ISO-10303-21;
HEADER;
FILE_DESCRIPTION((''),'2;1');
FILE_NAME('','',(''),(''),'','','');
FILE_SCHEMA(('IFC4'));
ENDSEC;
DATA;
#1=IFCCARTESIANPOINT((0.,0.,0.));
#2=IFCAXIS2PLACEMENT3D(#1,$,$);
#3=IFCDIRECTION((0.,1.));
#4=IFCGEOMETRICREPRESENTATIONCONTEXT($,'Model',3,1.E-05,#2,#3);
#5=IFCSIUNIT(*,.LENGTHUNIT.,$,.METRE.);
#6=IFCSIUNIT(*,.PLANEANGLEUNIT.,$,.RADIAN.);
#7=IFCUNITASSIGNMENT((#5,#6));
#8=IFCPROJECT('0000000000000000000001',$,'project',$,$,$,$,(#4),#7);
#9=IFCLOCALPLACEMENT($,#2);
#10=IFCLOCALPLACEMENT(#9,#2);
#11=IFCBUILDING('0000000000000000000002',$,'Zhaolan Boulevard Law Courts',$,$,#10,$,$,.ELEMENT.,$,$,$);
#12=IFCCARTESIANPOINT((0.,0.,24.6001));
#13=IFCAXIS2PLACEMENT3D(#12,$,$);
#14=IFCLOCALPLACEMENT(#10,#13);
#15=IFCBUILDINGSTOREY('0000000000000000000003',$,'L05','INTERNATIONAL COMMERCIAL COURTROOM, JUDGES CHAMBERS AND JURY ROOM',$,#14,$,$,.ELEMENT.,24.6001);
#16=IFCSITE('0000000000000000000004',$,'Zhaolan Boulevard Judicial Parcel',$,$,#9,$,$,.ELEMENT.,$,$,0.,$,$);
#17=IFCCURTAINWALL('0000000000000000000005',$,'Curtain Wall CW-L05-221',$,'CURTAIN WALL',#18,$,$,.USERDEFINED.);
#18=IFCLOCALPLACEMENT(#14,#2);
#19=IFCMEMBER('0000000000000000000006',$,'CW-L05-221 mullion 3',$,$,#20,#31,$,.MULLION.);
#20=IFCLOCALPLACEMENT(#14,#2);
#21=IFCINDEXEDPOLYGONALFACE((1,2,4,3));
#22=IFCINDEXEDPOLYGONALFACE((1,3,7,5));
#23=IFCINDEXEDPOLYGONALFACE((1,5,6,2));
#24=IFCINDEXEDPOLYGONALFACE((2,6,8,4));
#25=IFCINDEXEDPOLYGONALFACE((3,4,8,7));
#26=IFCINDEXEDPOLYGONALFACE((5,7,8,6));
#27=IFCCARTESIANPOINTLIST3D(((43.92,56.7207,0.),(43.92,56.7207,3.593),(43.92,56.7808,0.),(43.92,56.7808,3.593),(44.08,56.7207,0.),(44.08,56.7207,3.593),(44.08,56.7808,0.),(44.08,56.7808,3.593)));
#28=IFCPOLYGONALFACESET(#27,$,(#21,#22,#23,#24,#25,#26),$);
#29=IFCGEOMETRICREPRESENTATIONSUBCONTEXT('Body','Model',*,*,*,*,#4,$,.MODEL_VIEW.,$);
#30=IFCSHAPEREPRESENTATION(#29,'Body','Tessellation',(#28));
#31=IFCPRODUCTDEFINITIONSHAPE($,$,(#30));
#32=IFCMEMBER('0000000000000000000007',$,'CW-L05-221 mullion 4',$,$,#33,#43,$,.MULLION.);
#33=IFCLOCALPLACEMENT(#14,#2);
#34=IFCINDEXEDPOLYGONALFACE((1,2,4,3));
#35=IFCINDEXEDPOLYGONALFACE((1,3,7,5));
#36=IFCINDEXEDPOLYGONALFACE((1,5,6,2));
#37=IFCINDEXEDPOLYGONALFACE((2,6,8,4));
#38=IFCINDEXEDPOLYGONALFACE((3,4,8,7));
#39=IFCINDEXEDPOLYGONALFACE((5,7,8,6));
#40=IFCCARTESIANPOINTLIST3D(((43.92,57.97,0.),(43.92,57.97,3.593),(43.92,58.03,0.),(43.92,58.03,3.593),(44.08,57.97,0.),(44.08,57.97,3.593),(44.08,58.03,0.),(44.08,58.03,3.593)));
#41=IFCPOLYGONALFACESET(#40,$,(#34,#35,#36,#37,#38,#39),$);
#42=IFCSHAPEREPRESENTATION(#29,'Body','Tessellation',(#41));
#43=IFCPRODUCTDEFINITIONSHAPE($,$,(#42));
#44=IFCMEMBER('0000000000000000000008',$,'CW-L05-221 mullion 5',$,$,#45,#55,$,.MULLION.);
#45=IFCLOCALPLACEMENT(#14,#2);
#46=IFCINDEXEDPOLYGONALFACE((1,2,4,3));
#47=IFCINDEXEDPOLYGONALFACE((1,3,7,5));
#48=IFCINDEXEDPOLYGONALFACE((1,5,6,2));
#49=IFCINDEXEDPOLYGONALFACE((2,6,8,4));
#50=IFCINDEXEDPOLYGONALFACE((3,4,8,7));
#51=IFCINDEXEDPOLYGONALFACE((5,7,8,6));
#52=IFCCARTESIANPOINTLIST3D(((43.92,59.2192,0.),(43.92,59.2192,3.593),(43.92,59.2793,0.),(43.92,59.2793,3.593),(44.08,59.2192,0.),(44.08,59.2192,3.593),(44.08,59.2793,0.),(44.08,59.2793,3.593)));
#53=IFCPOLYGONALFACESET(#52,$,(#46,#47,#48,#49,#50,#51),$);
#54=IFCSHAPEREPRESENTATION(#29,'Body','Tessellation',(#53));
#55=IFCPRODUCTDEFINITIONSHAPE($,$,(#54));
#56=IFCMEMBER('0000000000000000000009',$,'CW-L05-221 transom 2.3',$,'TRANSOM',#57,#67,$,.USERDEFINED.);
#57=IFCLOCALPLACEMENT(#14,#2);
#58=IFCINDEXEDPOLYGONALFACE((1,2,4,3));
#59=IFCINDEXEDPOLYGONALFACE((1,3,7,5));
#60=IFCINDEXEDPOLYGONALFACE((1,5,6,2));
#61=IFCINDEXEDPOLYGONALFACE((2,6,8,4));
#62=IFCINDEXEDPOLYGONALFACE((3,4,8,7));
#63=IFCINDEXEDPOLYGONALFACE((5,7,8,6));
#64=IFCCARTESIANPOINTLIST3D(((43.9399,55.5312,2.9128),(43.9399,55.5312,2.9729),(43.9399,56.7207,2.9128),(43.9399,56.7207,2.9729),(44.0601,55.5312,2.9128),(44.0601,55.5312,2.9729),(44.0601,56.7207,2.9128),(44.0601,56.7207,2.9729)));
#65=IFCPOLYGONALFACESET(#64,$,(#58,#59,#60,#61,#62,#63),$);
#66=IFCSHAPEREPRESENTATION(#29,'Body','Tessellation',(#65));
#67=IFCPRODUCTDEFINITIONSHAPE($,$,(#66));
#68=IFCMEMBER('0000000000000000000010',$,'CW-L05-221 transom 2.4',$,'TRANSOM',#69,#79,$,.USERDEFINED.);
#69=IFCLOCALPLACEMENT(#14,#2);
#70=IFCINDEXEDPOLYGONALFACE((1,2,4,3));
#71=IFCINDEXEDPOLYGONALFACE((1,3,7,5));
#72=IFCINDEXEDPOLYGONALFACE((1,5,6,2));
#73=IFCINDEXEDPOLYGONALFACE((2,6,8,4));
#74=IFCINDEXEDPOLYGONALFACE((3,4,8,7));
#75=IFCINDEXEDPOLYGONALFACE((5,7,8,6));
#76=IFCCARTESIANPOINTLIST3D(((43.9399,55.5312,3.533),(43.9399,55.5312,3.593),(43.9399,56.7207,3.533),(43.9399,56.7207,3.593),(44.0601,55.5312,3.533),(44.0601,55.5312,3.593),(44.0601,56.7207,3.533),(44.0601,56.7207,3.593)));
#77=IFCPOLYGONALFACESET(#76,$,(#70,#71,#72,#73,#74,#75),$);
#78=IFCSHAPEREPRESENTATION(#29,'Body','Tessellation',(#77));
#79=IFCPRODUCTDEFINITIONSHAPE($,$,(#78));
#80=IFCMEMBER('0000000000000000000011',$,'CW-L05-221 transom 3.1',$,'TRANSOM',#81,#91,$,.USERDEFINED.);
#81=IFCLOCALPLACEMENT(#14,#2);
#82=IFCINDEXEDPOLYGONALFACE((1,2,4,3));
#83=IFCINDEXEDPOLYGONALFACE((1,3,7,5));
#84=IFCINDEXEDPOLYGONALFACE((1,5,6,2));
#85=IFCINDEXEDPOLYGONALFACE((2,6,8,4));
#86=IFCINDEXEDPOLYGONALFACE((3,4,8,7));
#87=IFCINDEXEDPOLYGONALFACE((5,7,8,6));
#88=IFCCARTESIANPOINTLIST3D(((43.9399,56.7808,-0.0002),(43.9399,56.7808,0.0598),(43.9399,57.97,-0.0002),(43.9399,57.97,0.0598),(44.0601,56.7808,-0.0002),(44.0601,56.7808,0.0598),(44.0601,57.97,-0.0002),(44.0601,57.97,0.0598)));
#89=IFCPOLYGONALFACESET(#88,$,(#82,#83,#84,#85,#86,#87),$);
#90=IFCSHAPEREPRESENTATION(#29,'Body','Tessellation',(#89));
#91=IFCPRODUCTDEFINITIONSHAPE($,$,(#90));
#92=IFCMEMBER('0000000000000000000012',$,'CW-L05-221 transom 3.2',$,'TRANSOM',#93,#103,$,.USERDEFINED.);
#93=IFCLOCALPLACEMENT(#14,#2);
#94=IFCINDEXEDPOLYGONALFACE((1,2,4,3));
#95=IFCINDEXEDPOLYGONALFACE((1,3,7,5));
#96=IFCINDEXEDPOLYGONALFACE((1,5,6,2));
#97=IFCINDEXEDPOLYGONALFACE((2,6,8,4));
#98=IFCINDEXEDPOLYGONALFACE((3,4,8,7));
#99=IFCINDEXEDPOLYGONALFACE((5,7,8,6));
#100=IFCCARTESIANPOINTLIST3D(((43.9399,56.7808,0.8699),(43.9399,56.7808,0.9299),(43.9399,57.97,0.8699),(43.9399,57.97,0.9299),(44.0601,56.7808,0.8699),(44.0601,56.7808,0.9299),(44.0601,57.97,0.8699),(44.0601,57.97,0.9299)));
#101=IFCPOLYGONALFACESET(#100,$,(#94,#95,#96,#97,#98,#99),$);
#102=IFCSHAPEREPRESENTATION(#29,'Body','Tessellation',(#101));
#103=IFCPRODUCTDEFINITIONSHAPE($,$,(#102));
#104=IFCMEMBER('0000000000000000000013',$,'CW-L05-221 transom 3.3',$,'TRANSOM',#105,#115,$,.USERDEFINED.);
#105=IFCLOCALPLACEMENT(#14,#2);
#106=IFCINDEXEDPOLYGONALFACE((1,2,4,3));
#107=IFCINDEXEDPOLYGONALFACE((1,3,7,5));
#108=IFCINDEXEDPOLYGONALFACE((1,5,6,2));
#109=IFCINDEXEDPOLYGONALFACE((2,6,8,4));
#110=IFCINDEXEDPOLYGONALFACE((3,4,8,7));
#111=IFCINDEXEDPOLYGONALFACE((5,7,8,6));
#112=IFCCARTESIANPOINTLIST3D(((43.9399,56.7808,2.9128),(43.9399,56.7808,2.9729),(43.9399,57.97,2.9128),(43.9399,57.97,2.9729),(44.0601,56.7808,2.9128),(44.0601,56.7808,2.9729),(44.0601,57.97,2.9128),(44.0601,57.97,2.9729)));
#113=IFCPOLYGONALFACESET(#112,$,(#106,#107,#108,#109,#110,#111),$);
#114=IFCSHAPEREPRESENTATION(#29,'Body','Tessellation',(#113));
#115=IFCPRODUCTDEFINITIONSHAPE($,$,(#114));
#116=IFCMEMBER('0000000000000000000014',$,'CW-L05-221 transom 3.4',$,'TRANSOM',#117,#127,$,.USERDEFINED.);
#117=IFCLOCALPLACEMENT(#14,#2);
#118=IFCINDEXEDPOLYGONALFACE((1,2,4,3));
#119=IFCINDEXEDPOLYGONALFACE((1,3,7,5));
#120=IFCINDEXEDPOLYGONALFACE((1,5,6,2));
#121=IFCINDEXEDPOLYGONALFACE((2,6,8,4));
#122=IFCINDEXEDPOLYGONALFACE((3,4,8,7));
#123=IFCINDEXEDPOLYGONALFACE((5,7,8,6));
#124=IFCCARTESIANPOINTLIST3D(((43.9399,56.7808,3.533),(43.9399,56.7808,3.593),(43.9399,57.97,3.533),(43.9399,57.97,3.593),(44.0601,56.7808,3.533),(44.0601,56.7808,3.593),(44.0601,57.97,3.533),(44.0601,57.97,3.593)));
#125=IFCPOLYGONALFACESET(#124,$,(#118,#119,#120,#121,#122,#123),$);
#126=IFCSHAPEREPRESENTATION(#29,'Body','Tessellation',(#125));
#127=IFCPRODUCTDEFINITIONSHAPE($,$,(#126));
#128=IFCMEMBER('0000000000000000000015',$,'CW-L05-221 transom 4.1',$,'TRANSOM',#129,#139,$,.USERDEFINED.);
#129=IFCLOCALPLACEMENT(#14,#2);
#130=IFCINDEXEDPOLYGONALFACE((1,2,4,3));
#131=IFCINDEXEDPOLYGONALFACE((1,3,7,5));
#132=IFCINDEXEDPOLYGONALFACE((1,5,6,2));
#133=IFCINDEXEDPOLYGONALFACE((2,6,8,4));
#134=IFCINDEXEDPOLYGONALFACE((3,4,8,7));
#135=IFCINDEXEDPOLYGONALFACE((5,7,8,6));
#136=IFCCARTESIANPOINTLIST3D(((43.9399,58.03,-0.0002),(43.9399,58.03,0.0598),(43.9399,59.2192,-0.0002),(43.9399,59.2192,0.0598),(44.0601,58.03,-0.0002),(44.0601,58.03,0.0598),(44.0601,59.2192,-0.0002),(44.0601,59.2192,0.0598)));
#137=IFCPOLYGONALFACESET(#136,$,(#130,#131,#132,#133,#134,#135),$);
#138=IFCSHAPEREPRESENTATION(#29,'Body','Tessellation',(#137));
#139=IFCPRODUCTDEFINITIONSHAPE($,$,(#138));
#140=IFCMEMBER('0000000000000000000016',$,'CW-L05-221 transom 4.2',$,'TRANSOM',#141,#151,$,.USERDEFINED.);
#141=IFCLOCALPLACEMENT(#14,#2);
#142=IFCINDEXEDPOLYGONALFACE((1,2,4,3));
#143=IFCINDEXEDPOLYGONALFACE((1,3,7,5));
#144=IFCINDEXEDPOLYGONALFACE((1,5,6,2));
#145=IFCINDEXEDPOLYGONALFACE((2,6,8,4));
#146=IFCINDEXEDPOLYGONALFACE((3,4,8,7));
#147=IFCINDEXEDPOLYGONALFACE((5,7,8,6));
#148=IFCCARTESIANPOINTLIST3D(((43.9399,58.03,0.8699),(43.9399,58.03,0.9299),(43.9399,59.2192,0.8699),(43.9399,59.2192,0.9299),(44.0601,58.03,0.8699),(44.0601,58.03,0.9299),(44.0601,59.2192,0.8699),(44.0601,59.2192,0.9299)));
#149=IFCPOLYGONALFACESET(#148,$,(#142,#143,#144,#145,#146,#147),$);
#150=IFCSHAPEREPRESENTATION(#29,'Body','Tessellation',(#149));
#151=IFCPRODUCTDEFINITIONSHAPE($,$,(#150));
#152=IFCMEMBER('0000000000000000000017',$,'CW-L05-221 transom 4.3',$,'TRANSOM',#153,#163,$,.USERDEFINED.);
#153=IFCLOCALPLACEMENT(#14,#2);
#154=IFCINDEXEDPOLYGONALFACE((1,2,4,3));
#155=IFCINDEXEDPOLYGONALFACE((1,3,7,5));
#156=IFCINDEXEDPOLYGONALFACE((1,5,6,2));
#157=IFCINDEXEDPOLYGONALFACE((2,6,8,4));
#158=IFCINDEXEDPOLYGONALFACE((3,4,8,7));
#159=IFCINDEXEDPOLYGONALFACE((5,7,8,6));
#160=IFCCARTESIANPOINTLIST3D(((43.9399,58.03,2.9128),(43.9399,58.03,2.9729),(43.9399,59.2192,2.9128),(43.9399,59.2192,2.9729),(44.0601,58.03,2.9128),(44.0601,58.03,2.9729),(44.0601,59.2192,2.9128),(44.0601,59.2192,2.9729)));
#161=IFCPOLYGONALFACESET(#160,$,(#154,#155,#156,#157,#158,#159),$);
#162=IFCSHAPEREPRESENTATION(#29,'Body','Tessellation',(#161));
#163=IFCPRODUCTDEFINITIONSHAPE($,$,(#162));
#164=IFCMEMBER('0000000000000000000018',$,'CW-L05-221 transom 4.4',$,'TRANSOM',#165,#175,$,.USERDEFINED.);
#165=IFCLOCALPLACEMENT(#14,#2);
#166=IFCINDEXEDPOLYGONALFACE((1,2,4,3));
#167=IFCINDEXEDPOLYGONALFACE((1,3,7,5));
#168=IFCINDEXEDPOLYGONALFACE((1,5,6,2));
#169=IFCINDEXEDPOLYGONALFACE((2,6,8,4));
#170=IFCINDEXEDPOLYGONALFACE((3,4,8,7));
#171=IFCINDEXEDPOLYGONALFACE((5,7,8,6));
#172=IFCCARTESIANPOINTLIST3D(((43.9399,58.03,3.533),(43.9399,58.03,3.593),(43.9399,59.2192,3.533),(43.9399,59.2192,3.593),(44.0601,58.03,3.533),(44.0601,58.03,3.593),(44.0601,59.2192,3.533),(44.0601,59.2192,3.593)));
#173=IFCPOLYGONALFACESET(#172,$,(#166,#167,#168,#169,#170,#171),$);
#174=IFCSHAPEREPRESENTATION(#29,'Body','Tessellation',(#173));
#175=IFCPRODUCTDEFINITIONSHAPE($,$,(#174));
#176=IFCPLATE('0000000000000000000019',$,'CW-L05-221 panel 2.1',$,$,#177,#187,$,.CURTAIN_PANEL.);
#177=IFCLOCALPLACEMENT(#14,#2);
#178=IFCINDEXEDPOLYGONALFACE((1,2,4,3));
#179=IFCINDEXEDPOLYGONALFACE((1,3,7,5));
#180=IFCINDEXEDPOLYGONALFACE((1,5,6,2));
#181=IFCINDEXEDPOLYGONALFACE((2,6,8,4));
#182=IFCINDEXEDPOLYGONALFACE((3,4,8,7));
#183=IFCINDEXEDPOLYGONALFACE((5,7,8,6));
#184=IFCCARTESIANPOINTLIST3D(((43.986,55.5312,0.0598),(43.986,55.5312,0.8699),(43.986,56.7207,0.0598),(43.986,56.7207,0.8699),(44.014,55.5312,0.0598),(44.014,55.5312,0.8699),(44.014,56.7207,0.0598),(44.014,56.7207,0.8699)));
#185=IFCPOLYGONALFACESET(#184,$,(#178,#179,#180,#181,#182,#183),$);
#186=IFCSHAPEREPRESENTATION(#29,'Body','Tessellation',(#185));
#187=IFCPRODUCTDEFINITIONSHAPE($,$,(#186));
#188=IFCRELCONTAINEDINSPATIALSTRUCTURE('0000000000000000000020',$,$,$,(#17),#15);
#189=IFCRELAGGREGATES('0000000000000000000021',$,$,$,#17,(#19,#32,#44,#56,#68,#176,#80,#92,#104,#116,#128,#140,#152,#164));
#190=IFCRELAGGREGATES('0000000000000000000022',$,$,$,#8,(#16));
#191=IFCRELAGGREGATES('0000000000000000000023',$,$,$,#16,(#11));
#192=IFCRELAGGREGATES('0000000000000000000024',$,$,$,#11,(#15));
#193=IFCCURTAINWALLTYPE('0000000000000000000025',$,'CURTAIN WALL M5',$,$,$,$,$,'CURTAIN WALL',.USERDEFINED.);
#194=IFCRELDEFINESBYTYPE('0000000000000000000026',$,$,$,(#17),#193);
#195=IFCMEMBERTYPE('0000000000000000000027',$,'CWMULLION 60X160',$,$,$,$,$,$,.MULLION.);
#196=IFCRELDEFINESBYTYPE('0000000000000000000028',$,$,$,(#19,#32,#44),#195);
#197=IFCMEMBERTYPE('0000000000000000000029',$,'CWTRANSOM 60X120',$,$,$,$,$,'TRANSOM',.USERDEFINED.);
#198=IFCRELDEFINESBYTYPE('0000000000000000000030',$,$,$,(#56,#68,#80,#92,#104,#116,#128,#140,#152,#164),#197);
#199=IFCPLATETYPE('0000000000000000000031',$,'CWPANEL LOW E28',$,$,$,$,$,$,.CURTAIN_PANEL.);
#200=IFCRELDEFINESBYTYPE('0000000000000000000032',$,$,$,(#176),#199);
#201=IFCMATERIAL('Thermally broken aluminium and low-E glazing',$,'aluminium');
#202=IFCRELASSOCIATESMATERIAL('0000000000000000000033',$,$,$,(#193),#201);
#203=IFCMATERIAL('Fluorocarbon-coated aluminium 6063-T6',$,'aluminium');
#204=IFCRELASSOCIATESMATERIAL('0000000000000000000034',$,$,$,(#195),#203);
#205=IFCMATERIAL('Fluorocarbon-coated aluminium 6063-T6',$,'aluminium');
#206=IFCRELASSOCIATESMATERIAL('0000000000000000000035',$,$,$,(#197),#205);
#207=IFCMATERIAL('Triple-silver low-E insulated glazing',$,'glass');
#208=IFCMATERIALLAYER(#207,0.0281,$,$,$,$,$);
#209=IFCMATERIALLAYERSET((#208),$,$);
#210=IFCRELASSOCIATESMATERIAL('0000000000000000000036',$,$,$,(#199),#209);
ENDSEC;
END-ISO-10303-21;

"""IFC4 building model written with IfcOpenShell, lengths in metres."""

from ifc_helpers import new_model, si_unit, direction, frame, origin, origin_2d, place, context, subcontext, project, spatial, rectangle, extrude, material, layer, layer_set, material_profile, profile_set, type_object, element, aggregate, save


model = new_model("IFC4")

# Units and contexts
model_context = context("Model", 3, precision=1e-05, world=origin(), true_north=direction((0.0, 1.0)))
body_context = subcontext(model_context, "Body", "Model", "MODEL_VIEW")
ifc_project = project(units=[si_unit("LENGTHUNIT", "METRE"), si_unit("PLANEANGLEUNIT", "RADIAN")], contexts=[model_context])

# Site, building, storey
site_placement = place(None, origin())
site = spatial("IfcSite", under=ifc_project, at=site_placement, Name="Zhaolan Boulevard Judicial Parcel", CompositionType="ELEMENT", RefElevation=0.0)
building_placement = place(site_placement, origin())
building = spatial("IfcBuilding", under=site, at=building_placement, Name="Zhaolan Boulevard Law Courts", CompositionType="ELEMENT")
storey_placement = place(building_placement, frame((0.0, 0.0, 24.6001)))
storey = spatial("IfcBuildingStorey", under=building, at=storey_placement, Name="L05", Description="INTERNATIONAL COMMERCIAL COURTROOM, JUDGES CHAMBERS AND JURY ROOM", CompositionType="ELEMENT", Elevation=24.6001)

# Curtain wall, members, plate
ifc_material_1 = material(Name="Thermally broken aluminium and low-E glazing", Category="aluminium")
curtain_wall_type = type_object("IfcCurtainWallType", Name="CURTAIN WALL M5", ElementType="CURTAIN WALL", PredefinedType="USERDEFINED", material=ifc_material_1)
curtain_wall_placement = place(storey_placement, origin())
curtain_wall = element("IfcCurtainWall", 1, at=curtain_wall_placement, inside=storey, type_object=curtain_wall_type, Name="Curtain Wall CW-L05-221", ObjectType="CURTAIN WALL", PredefinedType="USERDEFINED")
ifc_material_2 = material(Name="Fluorocarbon-coated aluminium 6063-T6", Category="aluminium")
ifc_material_profile_1 = material_profile(ifc_material_2, rectangle(XDim=0.1599, YDim=0.0601, at=origin_2d()), Name="AL60x160")
ifc_profile_set_1 = profile_set([ifc_material_profile_1], Name="Fluorocarbon-coated aluminium 6063-T6")
member_type_1 = type_object("IfcMemberType", Name="CWMULLION 60X160", PredefinedType="MULLION", material=ifc_profile_set_1)
member_1_placement = place(storey_placement, frame((44.0, 56.7507, 0.0), z_axis=(0.0, 0.0, 1.0), x_axis=(-1.0, 0.0, 0.0)))
member_1 = element("IfcMember", 2, at=member_1_placement, type_object=member_type_1, Name="CW-L05-221 mullion 3", PredefinedType="MULLION", context=body_context, shape_type="SweptSolid", body=[
    extrude(rectangle(XDim=0.1599, YDim=0.0601, at=origin_2d()), origin(), (0.0, 0.0, 1.0), 3.593),
])
member_2_placement = place(storey_placement, frame((44.0, 58.0, 0.0), z_axis=(0.0, 0.0, 1.0), x_axis=(-1.0, 0.0, 0.0)))
member_2 = element("IfcMember", 3, at=member_2_placement, type_object=member_type_1, Name="CW-L05-221 mullion 4", PredefinedType="MULLION", context=body_context, shape_type="SweptSolid", body=[
    extrude(rectangle(XDim=0.1599, YDim=0.0601, at=origin_2d()), origin(), (0.0, 0.0, 1.0), 3.593),
])
member_3_placement = place(storey_placement, frame((44.0, 59.2493, 0.0), z_axis=(0.0, 0.0, 1.0), x_axis=(-1.0, 0.0, 0.0)))
member_3 = element("IfcMember", 4, at=member_3_placement, type_object=member_type_1, Name="CW-L05-221 mullion 5", PredefinedType="MULLION", context=body_context, shape_type="SweptSolid", body=[
    extrude(rectangle(XDim=0.1599, YDim=0.0601, at=origin_2d()), origin(), (0.0, 0.0, 1.0), 3.593),
])
ifc_material_3 = material(Name="Fluorocarbon-coated aluminium 6063-T6", Category="aluminium")
ifc_material_profile_2 = material_profile(ifc_material_3, rectangle(XDim=0.1201, YDim=0.0601, at=origin_2d()), Name="AL60x120")
ifc_profile_set_2 = profile_set([ifc_material_profile_2], Name="Fluorocarbon-coated aluminium 6063-T6")
member_type_2 = type_object("IfcMemberType", Name="CWTRANSOM 60X120", ElementType="TRANSOM", PredefinedType="USERDEFINED", material=ifc_profile_set_2)
member_4_placement = place(storey_placement, frame((44.0, 55.5312, 2.9429), z_axis=(0.0, 1.0, 0.0), x_axis=(-1.0, 0.0, 0.0)))
member_4 = element("IfcMember", 5, at=member_4_placement, type_object=member_type_2, Name="CW-L05-221 transom 2.3", ObjectType="TRANSOM", PredefinedType="USERDEFINED", context=body_context, shape_type="SweptSolid", body=[
    extrude(rectangle(XDim=0.1201, YDim=0.0601, at=origin_2d()), origin(), (0.0, 0.0, 1.0), 1.1895),
])
member_5_placement = place(storey_placement, frame((44.0, 55.5312, 3.563), z_axis=(0.0, 1.0, 0.0), x_axis=(-1.0, 0.0, 0.0)))
member_5 = element("IfcMember", 6, at=member_5_placement, type_object=member_type_2, Name="CW-L05-221 transom 2.4", ObjectType="TRANSOM", PredefinedType="USERDEFINED", context=body_context, shape_type="SweptSolid", body=[
    extrude(rectangle(XDim=0.1201, YDim=0.0601, at=origin_2d()), origin(), (0.0, 0.0, 1.0), 1.1895),
])
member_6_placement = place(storey_placement, frame((44.0, 56.7808, 0.0298), z_axis=(0.0, 1.0, 0.0), x_axis=(-1.0, 0.0, 0.0)))
member_6 = element("IfcMember", 7, at=member_6_placement, type_object=member_type_2, Name="CW-L05-221 transom 3.1", ObjectType="TRANSOM", PredefinedType="USERDEFINED", context=body_context, shape_type="SweptSolid", body=[
    extrude(rectangle(XDim=0.1201, YDim=0.0601, at=origin_2d()), origin(), (0.0, 0.0, 1.0), 1.1892),
])
member_7_placement = place(storey_placement, frame((44.0, 56.7808, 0.8999), z_axis=(0.0, 1.0, 0.0), x_axis=(-1.0, 0.0, 0.0)))
member_7 = element("IfcMember", 8, at=member_7_placement, type_object=member_type_2, Name="CW-L05-221 transom 3.2", ObjectType="TRANSOM", PredefinedType="USERDEFINED", context=body_context, shape_type="SweptSolid", body=[
    extrude(rectangle(XDim=0.1201, YDim=0.0601, at=origin_2d()), origin(), (0.0, 0.0, 1.0), 1.1892),
])
member_8_placement = place(storey_placement, frame((44.0, 56.7808, 2.9429), z_axis=(0.0, 1.0, 0.0), x_axis=(-1.0, 0.0, 0.0)))
member_8 = element("IfcMember", 9, at=member_8_placement, type_object=member_type_2, Name="CW-L05-221 transom 3.3", ObjectType="TRANSOM", PredefinedType="USERDEFINED", context=body_context, shape_type="SweptSolid", body=[
    extrude(rectangle(XDim=0.1201, YDim=0.0601, at=origin_2d()), origin(), (0.0, 0.0, 1.0), 1.1892),
])
member_9_placement = place(storey_placement, frame((44.0, 56.7808, 3.563), z_axis=(0.0, 1.0, 0.0), x_axis=(-1.0, 0.0, 0.0)))
member_9 = element("IfcMember", 10, at=member_9_placement, type_object=member_type_2, Name="CW-L05-221 transom 3.4", ObjectType="TRANSOM", PredefinedType="USERDEFINED", context=body_context, shape_type="SweptSolid", body=[
    extrude(rectangle(XDim=0.1201, YDim=0.0601, at=origin_2d()), origin(), (0.0, 0.0, 1.0), 1.1892),
])
member_10_placement = place(storey_placement, frame((44.0, 58.03, 0.0298), z_axis=(0.0, 1.0, 0.0), x_axis=(-1.0, 0.0, 0.0)))
member_10 = element("IfcMember", 11, at=member_10_placement, type_object=member_type_2, Name="CW-L05-221 transom 4.1", ObjectType="TRANSOM", PredefinedType="USERDEFINED", context=body_context, shape_type="SweptSolid", body=[
    extrude(rectangle(XDim=0.1201, YDim=0.0601, at=origin_2d()), origin(), (0.0, 0.0, 1.0), 1.1892),
])
member_11_placement = place(storey_placement, frame((44.0, 58.03, 0.8999), z_axis=(0.0, 1.0, 0.0), x_axis=(-1.0, 0.0, 0.0)))
member_11 = element("IfcMember", 12, at=member_11_placement, type_object=member_type_2, Name="CW-L05-221 transom 4.2", ObjectType="TRANSOM", PredefinedType="USERDEFINED", context=body_context, shape_type="SweptSolid", body=[
    extrude(rectangle(XDim=0.1201, YDim=0.0601, at=origin_2d()), origin(), (0.0, 0.0, 1.0), 1.1892),
])
member_12_placement = place(storey_placement, frame((44.0, 58.03, 2.9429), z_axis=(0.0, 1.0, 0.0), x_axis=(-1.0, 0.0, 0.0)))
member_12 = element("IfcMember", 13, at=member_12_placement, type_object=member_type_2, Name="CW-L05-221 transom 4.3", ObjectType="TRANSOM", PredefinedType="USERDEFINED", context=body_context, shape_type="SweptSolid", body=[
    extrude(rectangle(XDim=0.1201, YDim=0.0601, at=origin_2d()), origin(), (0.0, 0.0, 1.0), 1.1892),
])
member_13_placement = place(storey_placement, frame((44.0, 58.03, 3.563), z_axis=(0.0, 1.0, 0.0), x_axis=(-1.0, 0.0, 0.0)))
member_13 = element("IfcMember", 14, at=member_13_placement, type_object=member_type_2, Name="CW-L05-221 transom 4.4", ObjectType="TRANSOM", PredefinedType="USERDEFINED", context=body_context, shape_type="SweptSolid", body=[
    extrude(rectangle(XDim=0.1201, YDim=0.0601, at=origin_2d()), origin(), (0.0, 0.0, 1.0), 1.1892),
])
ifc_material_4 = material(Name="Triple-silver low-E insulated glazing", Category="glass")
ifc_layer = layer(ifc_material_4, 0.0281)
ifc_layer_set = layer_set([ifc_layer])
plate_type = type_object("IfcPlateType", Name="CWPANEL LOW E28", PredefinedType="CURTAIN_PANEL", material=ifc_layer_set)
plate_1_placement = place(storey_placement, frame((44.0, 56.126, 0.0598), z_axis=(0.0, 0.0, 1.0), x_axis=(0.0, 1.0, 0.0)))
plate_1 = element("IfcPlate", 15, at=plate_1_placement, type_object=plate_type, Name="CW-L05-221 panel 2.1", PredefinedType="CURTAIN_PANEL", context=body_context, shape_type="SweptSolid", body=[
    extrude(rectangle(XDim=1.1895, YDim=0.0281, at=origin_2d()), origin(), (0.0, 0.0, 1.0), 0.8101),
])
aggregate(curtain_wall, [member_1, member_2, member_3, member_4, member_5, plate_1, member_6, member_7, member_8, member_9, member_10, member_11, member_12, member_13])

save(model, "model.ifc")
